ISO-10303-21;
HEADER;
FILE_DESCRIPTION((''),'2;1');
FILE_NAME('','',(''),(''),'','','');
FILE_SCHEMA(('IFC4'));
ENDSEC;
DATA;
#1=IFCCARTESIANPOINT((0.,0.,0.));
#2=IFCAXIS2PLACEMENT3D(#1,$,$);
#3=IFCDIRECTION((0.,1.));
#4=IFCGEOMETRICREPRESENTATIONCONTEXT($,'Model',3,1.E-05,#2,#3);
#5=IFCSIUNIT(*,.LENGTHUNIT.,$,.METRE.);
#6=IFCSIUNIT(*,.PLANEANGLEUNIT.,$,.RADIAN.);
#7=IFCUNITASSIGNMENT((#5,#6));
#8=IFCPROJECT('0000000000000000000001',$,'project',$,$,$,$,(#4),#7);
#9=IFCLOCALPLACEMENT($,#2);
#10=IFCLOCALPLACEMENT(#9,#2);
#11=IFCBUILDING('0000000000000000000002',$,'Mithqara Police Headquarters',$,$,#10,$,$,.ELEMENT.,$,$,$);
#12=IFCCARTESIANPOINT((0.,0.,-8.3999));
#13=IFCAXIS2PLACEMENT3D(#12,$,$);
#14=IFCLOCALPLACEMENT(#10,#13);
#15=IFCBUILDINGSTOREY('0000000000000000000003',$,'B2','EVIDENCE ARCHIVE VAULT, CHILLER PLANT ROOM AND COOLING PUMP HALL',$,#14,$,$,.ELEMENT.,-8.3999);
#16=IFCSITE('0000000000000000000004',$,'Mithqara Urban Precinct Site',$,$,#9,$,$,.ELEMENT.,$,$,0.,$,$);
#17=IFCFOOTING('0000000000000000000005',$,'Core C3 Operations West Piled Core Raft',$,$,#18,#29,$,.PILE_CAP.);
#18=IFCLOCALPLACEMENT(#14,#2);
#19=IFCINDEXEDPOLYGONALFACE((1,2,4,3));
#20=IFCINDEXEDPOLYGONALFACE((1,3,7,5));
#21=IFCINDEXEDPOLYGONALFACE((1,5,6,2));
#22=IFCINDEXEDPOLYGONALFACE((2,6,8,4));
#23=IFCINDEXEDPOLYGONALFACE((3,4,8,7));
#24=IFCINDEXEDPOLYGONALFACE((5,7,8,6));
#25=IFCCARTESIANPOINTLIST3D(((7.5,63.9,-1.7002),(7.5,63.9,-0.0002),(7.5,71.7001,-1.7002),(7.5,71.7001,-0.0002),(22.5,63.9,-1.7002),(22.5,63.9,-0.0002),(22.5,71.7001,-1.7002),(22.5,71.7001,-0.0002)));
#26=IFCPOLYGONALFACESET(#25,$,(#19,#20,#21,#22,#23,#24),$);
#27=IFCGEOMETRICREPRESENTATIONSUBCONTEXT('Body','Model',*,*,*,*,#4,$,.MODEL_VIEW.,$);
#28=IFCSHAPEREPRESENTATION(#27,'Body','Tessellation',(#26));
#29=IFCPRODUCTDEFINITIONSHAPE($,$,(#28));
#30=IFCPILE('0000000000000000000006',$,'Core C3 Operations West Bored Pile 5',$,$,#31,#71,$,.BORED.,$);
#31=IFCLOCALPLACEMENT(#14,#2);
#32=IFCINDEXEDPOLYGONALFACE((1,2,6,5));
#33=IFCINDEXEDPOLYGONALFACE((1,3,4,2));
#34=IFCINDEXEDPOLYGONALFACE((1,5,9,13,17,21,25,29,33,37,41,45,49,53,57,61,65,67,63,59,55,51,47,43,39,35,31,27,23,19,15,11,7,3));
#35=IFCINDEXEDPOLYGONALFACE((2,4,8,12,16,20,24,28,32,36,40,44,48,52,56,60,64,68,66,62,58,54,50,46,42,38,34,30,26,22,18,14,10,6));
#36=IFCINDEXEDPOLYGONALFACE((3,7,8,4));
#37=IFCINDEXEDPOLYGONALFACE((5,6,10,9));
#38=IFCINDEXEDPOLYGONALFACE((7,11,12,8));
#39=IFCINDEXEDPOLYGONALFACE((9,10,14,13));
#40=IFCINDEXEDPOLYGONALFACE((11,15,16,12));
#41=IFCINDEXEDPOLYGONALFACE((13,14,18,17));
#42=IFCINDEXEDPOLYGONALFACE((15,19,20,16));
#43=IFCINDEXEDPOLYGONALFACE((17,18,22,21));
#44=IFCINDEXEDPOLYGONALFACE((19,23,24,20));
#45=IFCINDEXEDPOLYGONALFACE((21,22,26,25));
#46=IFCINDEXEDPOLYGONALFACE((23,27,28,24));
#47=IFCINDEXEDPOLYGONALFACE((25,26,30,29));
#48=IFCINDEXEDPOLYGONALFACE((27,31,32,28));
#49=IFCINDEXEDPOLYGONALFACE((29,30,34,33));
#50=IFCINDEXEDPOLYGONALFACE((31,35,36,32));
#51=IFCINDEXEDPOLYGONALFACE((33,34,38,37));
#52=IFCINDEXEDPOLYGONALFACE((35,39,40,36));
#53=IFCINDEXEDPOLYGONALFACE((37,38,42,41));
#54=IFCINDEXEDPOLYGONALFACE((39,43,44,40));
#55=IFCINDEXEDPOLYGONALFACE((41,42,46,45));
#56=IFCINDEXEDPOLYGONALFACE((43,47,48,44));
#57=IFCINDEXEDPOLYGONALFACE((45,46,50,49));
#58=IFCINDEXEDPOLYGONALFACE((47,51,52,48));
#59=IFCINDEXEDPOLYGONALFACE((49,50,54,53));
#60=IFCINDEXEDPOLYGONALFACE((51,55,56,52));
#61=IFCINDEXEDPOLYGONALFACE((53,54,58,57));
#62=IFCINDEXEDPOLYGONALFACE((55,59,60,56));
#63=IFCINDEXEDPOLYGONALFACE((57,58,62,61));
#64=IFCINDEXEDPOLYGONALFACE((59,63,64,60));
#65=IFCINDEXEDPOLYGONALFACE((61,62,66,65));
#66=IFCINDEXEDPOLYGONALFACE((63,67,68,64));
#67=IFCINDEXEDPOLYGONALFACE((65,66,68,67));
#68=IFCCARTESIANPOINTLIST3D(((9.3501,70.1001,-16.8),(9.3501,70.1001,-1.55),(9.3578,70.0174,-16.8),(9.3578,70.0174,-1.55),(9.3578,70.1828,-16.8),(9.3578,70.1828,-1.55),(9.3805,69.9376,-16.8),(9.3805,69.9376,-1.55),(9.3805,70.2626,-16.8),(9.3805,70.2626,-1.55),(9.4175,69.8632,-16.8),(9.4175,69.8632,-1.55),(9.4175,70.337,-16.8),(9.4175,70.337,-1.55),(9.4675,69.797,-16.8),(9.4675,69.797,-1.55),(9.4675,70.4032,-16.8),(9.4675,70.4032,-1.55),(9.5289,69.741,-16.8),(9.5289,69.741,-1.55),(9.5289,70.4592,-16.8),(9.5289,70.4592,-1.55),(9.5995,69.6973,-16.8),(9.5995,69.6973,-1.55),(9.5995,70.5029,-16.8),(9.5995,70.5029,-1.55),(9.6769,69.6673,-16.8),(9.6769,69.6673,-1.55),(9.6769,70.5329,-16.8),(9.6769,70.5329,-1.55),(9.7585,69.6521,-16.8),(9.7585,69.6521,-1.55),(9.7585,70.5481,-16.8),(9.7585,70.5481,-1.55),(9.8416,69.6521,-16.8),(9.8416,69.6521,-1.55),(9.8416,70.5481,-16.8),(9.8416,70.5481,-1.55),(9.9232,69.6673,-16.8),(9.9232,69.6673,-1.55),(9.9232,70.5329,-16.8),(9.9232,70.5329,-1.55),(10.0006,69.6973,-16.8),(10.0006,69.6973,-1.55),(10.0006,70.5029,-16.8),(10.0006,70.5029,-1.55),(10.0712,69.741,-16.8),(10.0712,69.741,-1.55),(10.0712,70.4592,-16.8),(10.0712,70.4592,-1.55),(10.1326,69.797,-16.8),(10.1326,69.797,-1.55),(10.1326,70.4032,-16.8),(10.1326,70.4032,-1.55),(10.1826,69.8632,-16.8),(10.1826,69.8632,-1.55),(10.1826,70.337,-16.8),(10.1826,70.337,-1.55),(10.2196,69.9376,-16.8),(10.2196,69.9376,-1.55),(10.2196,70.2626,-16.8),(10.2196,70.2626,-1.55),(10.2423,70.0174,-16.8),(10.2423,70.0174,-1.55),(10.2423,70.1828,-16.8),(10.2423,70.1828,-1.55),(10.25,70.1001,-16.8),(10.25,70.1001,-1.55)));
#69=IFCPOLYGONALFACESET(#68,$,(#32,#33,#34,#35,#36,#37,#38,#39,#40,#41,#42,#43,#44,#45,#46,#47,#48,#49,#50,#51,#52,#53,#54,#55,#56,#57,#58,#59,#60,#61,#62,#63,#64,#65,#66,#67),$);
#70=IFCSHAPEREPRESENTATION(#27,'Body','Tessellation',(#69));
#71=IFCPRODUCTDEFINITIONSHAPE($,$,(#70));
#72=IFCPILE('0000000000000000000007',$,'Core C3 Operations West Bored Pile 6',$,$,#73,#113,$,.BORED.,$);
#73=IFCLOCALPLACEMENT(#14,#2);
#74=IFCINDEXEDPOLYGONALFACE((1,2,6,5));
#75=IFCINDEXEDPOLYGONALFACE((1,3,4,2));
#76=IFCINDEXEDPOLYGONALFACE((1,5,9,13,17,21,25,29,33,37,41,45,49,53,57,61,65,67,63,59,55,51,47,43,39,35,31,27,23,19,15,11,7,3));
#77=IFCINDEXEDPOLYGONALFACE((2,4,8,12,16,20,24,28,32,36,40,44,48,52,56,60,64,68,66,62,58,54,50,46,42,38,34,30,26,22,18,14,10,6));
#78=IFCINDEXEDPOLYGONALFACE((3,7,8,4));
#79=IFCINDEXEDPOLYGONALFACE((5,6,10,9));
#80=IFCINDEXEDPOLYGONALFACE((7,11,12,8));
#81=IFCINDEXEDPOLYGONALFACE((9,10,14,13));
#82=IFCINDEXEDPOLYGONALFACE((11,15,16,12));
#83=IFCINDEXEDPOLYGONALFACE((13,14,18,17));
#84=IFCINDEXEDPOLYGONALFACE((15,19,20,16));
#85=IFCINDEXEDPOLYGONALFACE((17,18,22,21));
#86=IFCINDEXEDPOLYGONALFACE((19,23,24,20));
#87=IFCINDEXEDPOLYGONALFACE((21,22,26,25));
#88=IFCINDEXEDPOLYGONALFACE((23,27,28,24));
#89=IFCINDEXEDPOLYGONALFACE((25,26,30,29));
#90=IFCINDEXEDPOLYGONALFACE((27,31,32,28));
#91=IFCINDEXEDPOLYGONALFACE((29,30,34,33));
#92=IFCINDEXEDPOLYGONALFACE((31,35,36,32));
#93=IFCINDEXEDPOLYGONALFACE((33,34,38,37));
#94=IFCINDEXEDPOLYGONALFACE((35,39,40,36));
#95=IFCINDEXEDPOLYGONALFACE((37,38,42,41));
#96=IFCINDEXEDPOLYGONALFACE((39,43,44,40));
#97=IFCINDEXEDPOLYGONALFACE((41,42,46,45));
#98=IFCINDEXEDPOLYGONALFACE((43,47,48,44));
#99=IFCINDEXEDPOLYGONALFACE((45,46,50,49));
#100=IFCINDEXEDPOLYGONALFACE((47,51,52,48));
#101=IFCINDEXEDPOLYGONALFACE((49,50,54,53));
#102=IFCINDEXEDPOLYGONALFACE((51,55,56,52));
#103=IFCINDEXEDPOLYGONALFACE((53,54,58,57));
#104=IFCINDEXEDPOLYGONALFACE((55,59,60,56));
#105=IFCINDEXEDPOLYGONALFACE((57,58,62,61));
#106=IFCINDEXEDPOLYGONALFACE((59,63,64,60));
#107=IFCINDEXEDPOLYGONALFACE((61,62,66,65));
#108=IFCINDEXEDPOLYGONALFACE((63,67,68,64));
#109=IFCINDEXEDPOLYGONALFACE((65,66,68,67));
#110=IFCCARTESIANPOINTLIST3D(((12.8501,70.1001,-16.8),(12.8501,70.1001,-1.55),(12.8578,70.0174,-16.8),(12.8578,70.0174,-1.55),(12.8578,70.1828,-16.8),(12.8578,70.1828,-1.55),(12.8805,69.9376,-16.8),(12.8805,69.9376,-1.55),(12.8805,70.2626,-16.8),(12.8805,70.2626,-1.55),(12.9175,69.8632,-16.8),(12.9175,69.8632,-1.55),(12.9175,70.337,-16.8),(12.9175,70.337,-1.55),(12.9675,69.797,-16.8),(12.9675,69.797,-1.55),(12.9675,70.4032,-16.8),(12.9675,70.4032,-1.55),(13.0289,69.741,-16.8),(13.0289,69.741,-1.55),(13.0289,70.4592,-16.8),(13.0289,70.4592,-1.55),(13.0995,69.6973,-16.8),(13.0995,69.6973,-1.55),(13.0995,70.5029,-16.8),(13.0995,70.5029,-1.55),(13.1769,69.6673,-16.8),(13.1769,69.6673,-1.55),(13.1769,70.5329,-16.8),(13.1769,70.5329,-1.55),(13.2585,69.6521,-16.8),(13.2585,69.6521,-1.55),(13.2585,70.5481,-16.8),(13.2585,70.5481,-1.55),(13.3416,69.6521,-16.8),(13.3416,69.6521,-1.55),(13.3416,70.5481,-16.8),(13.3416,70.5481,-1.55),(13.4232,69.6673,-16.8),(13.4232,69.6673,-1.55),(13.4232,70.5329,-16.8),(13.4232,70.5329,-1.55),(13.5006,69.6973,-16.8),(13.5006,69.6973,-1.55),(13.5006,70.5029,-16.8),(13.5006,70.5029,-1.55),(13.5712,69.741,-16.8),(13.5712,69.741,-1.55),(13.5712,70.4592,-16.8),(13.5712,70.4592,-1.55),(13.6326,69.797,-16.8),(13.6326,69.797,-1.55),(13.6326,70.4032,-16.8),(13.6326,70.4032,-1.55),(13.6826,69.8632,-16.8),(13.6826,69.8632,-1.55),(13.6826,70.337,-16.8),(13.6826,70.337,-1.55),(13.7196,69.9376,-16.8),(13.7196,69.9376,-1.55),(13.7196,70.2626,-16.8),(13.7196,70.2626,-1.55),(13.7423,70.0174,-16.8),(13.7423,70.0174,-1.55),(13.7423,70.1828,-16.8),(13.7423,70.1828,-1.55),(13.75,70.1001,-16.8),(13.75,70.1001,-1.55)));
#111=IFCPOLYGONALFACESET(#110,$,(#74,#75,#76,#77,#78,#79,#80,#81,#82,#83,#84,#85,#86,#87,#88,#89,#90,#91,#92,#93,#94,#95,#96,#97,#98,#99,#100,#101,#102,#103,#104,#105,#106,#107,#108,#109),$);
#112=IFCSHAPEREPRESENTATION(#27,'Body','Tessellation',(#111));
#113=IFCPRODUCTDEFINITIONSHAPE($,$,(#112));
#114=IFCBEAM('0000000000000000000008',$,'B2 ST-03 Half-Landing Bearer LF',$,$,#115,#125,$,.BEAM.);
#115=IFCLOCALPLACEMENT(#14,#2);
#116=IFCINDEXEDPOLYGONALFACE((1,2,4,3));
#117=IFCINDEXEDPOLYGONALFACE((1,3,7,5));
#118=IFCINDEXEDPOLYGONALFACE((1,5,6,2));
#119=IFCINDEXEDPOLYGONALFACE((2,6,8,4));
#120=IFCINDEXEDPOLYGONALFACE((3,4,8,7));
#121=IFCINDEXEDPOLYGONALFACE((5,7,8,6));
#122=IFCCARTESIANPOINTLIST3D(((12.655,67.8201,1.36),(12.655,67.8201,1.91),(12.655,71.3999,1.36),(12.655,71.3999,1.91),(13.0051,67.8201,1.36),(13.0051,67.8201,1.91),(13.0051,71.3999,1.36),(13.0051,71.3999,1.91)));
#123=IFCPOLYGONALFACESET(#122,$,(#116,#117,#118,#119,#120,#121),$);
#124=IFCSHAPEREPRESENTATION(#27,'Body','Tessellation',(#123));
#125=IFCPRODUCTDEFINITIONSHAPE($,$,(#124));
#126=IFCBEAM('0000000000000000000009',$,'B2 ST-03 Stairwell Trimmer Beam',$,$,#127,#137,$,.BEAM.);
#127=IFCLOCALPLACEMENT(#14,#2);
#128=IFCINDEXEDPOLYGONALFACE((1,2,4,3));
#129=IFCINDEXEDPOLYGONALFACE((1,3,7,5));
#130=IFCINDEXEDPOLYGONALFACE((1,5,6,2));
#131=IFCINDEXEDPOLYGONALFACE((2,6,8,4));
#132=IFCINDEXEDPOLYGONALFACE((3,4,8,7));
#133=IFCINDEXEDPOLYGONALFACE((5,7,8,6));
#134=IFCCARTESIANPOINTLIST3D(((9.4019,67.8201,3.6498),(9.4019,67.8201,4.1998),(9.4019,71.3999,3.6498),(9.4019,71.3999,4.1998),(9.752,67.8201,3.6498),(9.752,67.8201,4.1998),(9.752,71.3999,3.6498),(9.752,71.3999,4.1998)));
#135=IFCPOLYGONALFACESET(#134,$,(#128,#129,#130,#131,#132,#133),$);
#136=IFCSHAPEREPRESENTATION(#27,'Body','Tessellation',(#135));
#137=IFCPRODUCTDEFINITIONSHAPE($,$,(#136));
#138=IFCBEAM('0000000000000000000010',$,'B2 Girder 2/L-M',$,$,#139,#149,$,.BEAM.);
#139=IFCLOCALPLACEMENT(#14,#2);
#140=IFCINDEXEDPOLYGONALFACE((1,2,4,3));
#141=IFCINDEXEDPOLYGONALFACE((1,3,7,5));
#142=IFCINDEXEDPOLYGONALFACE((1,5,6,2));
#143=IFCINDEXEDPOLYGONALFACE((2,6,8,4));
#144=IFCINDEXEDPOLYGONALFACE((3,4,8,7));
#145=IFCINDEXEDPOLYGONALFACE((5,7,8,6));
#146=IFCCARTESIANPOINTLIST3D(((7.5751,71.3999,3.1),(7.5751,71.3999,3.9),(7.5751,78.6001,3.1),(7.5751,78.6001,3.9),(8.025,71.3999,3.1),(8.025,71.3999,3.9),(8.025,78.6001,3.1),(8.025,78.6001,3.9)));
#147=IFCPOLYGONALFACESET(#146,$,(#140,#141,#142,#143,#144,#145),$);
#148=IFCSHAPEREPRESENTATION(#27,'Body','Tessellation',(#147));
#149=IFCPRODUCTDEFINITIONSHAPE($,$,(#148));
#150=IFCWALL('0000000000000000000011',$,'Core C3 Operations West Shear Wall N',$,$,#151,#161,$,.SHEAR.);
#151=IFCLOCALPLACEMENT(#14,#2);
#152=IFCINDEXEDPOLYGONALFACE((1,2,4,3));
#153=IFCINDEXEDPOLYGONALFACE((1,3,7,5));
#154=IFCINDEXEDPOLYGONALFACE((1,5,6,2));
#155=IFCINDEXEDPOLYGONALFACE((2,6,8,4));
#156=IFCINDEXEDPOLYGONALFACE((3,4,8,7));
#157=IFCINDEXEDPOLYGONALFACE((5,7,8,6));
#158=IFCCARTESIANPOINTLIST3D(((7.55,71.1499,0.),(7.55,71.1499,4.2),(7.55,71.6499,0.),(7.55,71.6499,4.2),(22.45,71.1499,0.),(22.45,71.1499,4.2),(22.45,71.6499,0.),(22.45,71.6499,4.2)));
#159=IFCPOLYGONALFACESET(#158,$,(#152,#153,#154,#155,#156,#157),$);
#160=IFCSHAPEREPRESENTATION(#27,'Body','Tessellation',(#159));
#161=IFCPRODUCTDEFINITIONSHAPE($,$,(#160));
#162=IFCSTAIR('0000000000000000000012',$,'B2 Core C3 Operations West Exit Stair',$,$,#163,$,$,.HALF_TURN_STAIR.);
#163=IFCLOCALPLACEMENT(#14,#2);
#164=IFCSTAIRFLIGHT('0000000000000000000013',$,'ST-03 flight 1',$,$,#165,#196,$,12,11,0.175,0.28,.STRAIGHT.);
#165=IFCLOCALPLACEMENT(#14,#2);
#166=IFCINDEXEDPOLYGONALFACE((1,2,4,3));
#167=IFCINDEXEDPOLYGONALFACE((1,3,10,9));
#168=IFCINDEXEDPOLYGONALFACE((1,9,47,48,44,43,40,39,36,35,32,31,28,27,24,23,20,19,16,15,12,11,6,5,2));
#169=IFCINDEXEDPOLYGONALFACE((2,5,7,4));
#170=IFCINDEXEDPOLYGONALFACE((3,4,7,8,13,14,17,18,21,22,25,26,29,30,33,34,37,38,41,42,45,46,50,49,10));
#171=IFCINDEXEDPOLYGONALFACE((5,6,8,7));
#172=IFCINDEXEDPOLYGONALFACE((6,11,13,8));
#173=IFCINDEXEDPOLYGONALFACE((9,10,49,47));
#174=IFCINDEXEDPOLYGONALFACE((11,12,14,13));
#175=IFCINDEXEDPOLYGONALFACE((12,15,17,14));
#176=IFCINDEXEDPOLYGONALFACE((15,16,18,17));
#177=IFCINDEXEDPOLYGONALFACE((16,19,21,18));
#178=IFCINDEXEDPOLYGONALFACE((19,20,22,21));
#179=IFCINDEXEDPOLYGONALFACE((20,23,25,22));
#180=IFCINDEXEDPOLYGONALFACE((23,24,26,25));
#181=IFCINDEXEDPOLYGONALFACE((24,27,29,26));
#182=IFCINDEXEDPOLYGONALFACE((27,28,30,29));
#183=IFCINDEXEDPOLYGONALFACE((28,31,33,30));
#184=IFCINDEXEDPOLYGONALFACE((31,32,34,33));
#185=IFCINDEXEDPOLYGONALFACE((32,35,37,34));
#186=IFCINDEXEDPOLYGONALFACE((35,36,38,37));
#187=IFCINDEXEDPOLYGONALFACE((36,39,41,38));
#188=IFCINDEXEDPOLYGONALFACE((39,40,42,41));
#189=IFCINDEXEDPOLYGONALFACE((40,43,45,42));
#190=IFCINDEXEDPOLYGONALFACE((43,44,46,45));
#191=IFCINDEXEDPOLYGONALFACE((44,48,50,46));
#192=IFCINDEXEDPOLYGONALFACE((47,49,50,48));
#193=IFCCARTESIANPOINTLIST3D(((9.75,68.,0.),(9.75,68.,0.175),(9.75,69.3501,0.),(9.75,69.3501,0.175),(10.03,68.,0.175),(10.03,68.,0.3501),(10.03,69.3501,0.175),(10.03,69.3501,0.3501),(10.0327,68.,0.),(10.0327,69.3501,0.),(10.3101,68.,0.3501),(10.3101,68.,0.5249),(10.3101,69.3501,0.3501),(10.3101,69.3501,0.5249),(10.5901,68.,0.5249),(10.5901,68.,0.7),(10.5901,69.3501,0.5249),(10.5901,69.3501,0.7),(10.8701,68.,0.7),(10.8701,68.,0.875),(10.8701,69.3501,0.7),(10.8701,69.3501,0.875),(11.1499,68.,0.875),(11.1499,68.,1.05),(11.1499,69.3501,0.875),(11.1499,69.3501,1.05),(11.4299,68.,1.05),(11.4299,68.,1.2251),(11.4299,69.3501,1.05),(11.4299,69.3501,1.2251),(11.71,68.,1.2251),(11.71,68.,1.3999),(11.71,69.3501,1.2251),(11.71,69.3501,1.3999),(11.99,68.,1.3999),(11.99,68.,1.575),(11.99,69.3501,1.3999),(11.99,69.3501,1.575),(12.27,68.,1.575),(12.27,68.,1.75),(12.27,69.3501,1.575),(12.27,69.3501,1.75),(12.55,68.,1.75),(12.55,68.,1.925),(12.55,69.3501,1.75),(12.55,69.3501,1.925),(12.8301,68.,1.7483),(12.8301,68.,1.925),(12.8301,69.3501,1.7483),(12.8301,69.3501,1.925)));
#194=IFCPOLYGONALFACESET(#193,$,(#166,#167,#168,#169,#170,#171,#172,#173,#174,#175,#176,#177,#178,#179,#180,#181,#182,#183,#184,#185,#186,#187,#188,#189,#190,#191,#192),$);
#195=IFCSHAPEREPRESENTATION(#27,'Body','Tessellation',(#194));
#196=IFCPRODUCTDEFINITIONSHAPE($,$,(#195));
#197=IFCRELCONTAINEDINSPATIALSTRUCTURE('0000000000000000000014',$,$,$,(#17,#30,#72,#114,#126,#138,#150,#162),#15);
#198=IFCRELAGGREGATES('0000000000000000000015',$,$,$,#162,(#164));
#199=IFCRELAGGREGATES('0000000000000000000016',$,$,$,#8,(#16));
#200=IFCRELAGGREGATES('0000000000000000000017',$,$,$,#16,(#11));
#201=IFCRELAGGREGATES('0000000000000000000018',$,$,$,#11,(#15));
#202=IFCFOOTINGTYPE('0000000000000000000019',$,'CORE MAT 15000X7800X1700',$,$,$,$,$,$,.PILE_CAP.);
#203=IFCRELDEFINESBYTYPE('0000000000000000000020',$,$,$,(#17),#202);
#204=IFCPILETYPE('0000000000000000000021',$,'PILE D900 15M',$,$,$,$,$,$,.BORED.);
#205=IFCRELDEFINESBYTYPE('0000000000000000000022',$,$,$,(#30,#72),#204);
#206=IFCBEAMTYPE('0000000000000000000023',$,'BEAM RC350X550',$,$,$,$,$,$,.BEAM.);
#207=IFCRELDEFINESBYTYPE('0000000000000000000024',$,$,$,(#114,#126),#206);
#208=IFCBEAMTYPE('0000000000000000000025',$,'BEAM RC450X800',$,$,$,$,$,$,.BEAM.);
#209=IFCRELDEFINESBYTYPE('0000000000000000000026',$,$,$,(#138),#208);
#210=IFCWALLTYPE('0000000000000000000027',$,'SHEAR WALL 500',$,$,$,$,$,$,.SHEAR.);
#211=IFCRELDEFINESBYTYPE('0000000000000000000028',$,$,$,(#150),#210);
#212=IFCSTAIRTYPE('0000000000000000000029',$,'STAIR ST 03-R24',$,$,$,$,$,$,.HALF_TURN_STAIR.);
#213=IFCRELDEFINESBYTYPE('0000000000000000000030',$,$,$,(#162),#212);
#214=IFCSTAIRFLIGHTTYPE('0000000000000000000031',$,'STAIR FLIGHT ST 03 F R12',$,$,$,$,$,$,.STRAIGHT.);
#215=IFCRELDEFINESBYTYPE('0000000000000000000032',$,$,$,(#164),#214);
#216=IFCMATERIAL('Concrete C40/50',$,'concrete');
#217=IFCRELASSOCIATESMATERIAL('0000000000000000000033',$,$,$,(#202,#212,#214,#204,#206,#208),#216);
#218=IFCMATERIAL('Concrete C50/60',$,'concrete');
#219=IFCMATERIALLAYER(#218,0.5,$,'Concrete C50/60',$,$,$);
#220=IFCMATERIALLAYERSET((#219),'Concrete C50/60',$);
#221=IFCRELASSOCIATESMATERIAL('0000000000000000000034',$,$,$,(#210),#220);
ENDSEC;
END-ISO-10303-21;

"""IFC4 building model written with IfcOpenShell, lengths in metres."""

from ifc_helpers import new_model, si_unit, direction, frame, frame_2d, origin, origin_2d, place, context, subcontext, project, spatial, polyline, rectangle, circle, outline, extrude, material, layer, layer_set, material_profile, profile_set, type_object, element, aggregate, save


model = new_model("IFC4")

# Units and contexts
model_context = context("Model", 3, precision=1e-05, world=origin(), true_north=direction((0.0, 1.0)))
body_context = subcontext(model_context, "Body", "Model", "MODEL_VIEW")
ifc_project = project(units=[si_unit("LENGTHUNIT", "METRE"), si_unit("PLANEANGLEUNIT", "RADIAN")], contexts=[model_context])

# Site, building, storey
site_placement = place(None, origin())
site = spatial("IfcSite", under=ifc_project, at=site_placement, Name="Mithqara Urban Precinct Site", CompositionType="ELEMENT", RefElevation=0.0)
building_placement = place(site_placement, origin())
building = spatial("IfcBuilding", under=site, at=building_placement, Name="Mithqara Police Headquarters", CompositionType="ELEMENT")
storey_placement = place(building_placement, frame((0.0, 0.0, -8.3999)))
storey = spatial("IfcBuildingStorey", under=building, at=storey_placement, Name="B2", Description="EVIDENCE ARCHIVE VAULT, CHILLER PLANT ROOM AND COOLING PUMP HALL", CompositionType="ELEMENT", Elevation=-8.3999)

# Footing
ifc_material_1 = material(Name="Concrete C40/50", Category="concrete")
footing_type = type_object("IfcFootingType", Name="CORE MAT 15000X7800X1700", PredefinedType="PILE_CAP", material=ifc_material_1)
footing_placement = place(storey_placement, frame((15.0, 67.8, -1.7002), z_axis=(0.0, 0.0, 1.0), x_axis=(1.0, 0.0, 0.0)))
element("IfcFooting", 1, at=footing_placement, inside=storey, type_object=footing_type, Name="Core C3 Operations West Piled Core Raft", PredefinedType="PILE_CAP", context=body_context, shape_type="SweptSolid", body=[
    extrude(rectangle(XDim=15.0, YDim=7.8, at=origin_2d()), origin(), (0.0, 0.0, 1.0), 1.7),
])

# Piles
ifc_material_profile_1 = material_profile(ifc_material_1, circle(Radius=0.45, at=origin_2d()), Name="PILE D900")
ifc_profile_set_1 = profile_set([ifc_material_profile_1], Name="Concrete C40/50")
pile_type = type_object("IfcPileType", Name="PILE D900 15M", PredefinedType="BORED", material=ifc_profile_set_1)
for number, where, z_axis, x_axis, name in (
    (2, (9.8, 70.1001, -1.55), (0.0, 0.0, -1.0), (1.0, 0.0, 0.0), "Core C3 Operations West Bored Pile 5"),
    (3, (13.3, 70.1001, -1.55), (0.0, 0.0, -1.0), (1.0, 0.0, 0.0), "Core C3 Operations West Bored Pile 6"),
):
    element("IfcPile", number, at=place(storey_placement, frame(where, z_axis=z_axis, x_axis=x_axis)), inside=storey, type_object=pile_type, Name=name, PredefinedType="BORED", context=body_context, shape_type="SweptSolid", body=[
        extrude(circle(Radius=0.45, at=origin_2d()), origin(), (0.0, 0.0, 1.0), 15.25),
    ])

# Beams
ifc_material_profile_2 = material_profile(ifc_material_1, rectangle(XDim=0.3501, YDim=0.55, at=origin_2d()), Name="RC 350x550")
ifc_profile_set_2 = profile_set([ifc_material_profile_2], Name="Concrete C40/50")
beam_type_1 = type_object("IfcBeamType", Name="BEAM RC350X550", PredefinedType="BEAM", material=ifc_profile_set_2)
for number, where, z_axis, x_axis, name in (
    (4, (12.8301, 67.8201, 1.635), (0.0, 1.0, 0.0), (-1.0, 0.0, 0.0), "B2 ST-03 Half-Landing Bearer LF"),
    (5, (9.5769, 67.8201, 3.9248), (0.0, 1.0, 0.0), (-1.0, 0.0, 0.0), "B2 ST-03 Stairwell Trimmer Beam"),
):
    element("IfcBeam", number, at=place(storey_placement, frame(where, z_axis=z_axis, x_axis=x_axis)), inside=storey, type_object=beam_type_1, Name=name, PredefinedType="BEAM", context=body_context, shape_type="SweptSolid", body=[
        extrude(rectangle(XDim=0.3501, YDim=0.55, at=origin_2d()), origin(), (0.0, 0.0, 1.0), 3.5798),
    ])
ifc_material_profile_3 = material_profile(ifc_material_1, rectangle(XDim=0.45, YDim=0.8, at=origin_2d()), Name="RC 450x800")
ifc_profile_set_3 = profile_set([ifc_material_profile_3], Name="Concrete C40/50")
beam_type_2 = type_object("IfcBeamType", Name="BEAM RC450X800", PredefinedType="BEAM", material=ifc_profile_set_3)
beam_placement = place(storey_placement, frame((7.8, 71.3999, 3.5), z_axis=(0.0, 1.0, 0.0), x_axis=(-1.0, 0.0, 0.0)))
element("IfcBeam", 6, at=beam_placement, inside=storey, type_object=beam_type_2, Name="B2 Girder 2/L-M", PredefinedType="BEAM", context=body_context, shape_type="SweptSolid", body=[
    extrude(rectangle(XDim=0.45, YDim=0.8, at=origin_2d()), origin(), (0.0, 0.0, 1.0), 7.2002),
])

# Wall
ifc_material_2 = material(Name="Concrete C50/60", Category="concrete")
ifc_layer = layer(ifc_material_2, 0.5, Name="Concrete C50/60")
ifc_layer_set = layer_set([ifc_layer], Name="Concrete C50/60")
wall_type = type_object("IfcWallType", Name="SHEAR WALL 500", PredefinedType="SHEAR", material=ifc_layer_set)
wall_1_placement = place(storey_placement, frame((7.55, 71.3999, 0.0), z_axis=(0.0, 0.0, 1.0), x_axis=(1.0, 0.0, 0.0)))
element("IfcWall", 7, at=wall_1_placement, inside=storey, type_object=wall_type, Name="Core C3 Operations West Shear Wall N", PredefinedType="SHEAR", context=body_context, shape_type="SweptSolid", body=[
    extrude(rectangle(XDim=14.8999, YDim=0.5, at=frame_2d((7.45, 0.0))), origin(), (0.0, 0.0, 1.0), 4.2),
])

# Stair, stair flight
stair_type = type_object("IfcStairType", Name="STAIR ST 03-R24", PredefinedType="HALF_TURN_STAIR", material=ifc_material_1)
stair_placement = place(storey_placement, origin())
stair = element("IfcStair", 8, at=stair_placement, inside=storey, type_object=stair_type, Name="B2 Core C3 Operations West Exit Stair", PredefinedType="HALF_TURN_STAIR")
stair_flight_type = type_object("IfcStairFlightType", Name="STAIR FLIGHT ST 03 F R12", PredefinedType="STRAIGHT", material=ifc_material_1)
stair_flight_1_placement = place(storey_placement, frame((9.75, 68.675, 0.0), z_axis=(0.0, 0.0, 1.0), x_axis=(1.0, 0.0, 0.0)))
stair_flight_1 = element("IfcStairFlight", 9, at=stair_flight_1_placement, type_object=stair_flight_type, Name="ST-03 flight 1", NumberOfRisers=12, NumberOfTreads=11, PredefinedType="STRAIGHT", RiserHeight=0.175, TreadLength=0.28, context=body_context, shape_type="SweptSolid", body=[
    extrude(outline(polyline([(0.0, 0.0), (0.0, 0.175), (0.28, 0.175), (0.28, 0.3501), (0.5601, 0.3501), (0.5601, 0.5249), (0.8401, 0.5249), (0.8401, 0.7), (1.1201, 0.7), (1.1201, 0.875), (1.3999, 0.875), (1.3999, 1.05), (1.6799, 1.05), (1.6799, 1.2251), (1.96, 1.2251), (1.96, 1.3999), (2.24, 1.3999), (2.24, 1.575), (2.52, 1.575), (2.52, 1.75), (2.8, 1.75), (2.8, 1.925), (3.0801, 1.925), (3.0801, 2.1001), (3.0801, 1.7483), (0.2827, 0.0), (0.0, 0.0)])), frame((0.0, 0.675, 0.0), z_axis=(0.0, -1.0, 0.0), x_axis=(1.0, 0.0, 0.0)), (0.0, 0.0, 1.0), 1.3501),
])
aggregate(stair, [stair_flight_1])

save(model, "model.ifc")
